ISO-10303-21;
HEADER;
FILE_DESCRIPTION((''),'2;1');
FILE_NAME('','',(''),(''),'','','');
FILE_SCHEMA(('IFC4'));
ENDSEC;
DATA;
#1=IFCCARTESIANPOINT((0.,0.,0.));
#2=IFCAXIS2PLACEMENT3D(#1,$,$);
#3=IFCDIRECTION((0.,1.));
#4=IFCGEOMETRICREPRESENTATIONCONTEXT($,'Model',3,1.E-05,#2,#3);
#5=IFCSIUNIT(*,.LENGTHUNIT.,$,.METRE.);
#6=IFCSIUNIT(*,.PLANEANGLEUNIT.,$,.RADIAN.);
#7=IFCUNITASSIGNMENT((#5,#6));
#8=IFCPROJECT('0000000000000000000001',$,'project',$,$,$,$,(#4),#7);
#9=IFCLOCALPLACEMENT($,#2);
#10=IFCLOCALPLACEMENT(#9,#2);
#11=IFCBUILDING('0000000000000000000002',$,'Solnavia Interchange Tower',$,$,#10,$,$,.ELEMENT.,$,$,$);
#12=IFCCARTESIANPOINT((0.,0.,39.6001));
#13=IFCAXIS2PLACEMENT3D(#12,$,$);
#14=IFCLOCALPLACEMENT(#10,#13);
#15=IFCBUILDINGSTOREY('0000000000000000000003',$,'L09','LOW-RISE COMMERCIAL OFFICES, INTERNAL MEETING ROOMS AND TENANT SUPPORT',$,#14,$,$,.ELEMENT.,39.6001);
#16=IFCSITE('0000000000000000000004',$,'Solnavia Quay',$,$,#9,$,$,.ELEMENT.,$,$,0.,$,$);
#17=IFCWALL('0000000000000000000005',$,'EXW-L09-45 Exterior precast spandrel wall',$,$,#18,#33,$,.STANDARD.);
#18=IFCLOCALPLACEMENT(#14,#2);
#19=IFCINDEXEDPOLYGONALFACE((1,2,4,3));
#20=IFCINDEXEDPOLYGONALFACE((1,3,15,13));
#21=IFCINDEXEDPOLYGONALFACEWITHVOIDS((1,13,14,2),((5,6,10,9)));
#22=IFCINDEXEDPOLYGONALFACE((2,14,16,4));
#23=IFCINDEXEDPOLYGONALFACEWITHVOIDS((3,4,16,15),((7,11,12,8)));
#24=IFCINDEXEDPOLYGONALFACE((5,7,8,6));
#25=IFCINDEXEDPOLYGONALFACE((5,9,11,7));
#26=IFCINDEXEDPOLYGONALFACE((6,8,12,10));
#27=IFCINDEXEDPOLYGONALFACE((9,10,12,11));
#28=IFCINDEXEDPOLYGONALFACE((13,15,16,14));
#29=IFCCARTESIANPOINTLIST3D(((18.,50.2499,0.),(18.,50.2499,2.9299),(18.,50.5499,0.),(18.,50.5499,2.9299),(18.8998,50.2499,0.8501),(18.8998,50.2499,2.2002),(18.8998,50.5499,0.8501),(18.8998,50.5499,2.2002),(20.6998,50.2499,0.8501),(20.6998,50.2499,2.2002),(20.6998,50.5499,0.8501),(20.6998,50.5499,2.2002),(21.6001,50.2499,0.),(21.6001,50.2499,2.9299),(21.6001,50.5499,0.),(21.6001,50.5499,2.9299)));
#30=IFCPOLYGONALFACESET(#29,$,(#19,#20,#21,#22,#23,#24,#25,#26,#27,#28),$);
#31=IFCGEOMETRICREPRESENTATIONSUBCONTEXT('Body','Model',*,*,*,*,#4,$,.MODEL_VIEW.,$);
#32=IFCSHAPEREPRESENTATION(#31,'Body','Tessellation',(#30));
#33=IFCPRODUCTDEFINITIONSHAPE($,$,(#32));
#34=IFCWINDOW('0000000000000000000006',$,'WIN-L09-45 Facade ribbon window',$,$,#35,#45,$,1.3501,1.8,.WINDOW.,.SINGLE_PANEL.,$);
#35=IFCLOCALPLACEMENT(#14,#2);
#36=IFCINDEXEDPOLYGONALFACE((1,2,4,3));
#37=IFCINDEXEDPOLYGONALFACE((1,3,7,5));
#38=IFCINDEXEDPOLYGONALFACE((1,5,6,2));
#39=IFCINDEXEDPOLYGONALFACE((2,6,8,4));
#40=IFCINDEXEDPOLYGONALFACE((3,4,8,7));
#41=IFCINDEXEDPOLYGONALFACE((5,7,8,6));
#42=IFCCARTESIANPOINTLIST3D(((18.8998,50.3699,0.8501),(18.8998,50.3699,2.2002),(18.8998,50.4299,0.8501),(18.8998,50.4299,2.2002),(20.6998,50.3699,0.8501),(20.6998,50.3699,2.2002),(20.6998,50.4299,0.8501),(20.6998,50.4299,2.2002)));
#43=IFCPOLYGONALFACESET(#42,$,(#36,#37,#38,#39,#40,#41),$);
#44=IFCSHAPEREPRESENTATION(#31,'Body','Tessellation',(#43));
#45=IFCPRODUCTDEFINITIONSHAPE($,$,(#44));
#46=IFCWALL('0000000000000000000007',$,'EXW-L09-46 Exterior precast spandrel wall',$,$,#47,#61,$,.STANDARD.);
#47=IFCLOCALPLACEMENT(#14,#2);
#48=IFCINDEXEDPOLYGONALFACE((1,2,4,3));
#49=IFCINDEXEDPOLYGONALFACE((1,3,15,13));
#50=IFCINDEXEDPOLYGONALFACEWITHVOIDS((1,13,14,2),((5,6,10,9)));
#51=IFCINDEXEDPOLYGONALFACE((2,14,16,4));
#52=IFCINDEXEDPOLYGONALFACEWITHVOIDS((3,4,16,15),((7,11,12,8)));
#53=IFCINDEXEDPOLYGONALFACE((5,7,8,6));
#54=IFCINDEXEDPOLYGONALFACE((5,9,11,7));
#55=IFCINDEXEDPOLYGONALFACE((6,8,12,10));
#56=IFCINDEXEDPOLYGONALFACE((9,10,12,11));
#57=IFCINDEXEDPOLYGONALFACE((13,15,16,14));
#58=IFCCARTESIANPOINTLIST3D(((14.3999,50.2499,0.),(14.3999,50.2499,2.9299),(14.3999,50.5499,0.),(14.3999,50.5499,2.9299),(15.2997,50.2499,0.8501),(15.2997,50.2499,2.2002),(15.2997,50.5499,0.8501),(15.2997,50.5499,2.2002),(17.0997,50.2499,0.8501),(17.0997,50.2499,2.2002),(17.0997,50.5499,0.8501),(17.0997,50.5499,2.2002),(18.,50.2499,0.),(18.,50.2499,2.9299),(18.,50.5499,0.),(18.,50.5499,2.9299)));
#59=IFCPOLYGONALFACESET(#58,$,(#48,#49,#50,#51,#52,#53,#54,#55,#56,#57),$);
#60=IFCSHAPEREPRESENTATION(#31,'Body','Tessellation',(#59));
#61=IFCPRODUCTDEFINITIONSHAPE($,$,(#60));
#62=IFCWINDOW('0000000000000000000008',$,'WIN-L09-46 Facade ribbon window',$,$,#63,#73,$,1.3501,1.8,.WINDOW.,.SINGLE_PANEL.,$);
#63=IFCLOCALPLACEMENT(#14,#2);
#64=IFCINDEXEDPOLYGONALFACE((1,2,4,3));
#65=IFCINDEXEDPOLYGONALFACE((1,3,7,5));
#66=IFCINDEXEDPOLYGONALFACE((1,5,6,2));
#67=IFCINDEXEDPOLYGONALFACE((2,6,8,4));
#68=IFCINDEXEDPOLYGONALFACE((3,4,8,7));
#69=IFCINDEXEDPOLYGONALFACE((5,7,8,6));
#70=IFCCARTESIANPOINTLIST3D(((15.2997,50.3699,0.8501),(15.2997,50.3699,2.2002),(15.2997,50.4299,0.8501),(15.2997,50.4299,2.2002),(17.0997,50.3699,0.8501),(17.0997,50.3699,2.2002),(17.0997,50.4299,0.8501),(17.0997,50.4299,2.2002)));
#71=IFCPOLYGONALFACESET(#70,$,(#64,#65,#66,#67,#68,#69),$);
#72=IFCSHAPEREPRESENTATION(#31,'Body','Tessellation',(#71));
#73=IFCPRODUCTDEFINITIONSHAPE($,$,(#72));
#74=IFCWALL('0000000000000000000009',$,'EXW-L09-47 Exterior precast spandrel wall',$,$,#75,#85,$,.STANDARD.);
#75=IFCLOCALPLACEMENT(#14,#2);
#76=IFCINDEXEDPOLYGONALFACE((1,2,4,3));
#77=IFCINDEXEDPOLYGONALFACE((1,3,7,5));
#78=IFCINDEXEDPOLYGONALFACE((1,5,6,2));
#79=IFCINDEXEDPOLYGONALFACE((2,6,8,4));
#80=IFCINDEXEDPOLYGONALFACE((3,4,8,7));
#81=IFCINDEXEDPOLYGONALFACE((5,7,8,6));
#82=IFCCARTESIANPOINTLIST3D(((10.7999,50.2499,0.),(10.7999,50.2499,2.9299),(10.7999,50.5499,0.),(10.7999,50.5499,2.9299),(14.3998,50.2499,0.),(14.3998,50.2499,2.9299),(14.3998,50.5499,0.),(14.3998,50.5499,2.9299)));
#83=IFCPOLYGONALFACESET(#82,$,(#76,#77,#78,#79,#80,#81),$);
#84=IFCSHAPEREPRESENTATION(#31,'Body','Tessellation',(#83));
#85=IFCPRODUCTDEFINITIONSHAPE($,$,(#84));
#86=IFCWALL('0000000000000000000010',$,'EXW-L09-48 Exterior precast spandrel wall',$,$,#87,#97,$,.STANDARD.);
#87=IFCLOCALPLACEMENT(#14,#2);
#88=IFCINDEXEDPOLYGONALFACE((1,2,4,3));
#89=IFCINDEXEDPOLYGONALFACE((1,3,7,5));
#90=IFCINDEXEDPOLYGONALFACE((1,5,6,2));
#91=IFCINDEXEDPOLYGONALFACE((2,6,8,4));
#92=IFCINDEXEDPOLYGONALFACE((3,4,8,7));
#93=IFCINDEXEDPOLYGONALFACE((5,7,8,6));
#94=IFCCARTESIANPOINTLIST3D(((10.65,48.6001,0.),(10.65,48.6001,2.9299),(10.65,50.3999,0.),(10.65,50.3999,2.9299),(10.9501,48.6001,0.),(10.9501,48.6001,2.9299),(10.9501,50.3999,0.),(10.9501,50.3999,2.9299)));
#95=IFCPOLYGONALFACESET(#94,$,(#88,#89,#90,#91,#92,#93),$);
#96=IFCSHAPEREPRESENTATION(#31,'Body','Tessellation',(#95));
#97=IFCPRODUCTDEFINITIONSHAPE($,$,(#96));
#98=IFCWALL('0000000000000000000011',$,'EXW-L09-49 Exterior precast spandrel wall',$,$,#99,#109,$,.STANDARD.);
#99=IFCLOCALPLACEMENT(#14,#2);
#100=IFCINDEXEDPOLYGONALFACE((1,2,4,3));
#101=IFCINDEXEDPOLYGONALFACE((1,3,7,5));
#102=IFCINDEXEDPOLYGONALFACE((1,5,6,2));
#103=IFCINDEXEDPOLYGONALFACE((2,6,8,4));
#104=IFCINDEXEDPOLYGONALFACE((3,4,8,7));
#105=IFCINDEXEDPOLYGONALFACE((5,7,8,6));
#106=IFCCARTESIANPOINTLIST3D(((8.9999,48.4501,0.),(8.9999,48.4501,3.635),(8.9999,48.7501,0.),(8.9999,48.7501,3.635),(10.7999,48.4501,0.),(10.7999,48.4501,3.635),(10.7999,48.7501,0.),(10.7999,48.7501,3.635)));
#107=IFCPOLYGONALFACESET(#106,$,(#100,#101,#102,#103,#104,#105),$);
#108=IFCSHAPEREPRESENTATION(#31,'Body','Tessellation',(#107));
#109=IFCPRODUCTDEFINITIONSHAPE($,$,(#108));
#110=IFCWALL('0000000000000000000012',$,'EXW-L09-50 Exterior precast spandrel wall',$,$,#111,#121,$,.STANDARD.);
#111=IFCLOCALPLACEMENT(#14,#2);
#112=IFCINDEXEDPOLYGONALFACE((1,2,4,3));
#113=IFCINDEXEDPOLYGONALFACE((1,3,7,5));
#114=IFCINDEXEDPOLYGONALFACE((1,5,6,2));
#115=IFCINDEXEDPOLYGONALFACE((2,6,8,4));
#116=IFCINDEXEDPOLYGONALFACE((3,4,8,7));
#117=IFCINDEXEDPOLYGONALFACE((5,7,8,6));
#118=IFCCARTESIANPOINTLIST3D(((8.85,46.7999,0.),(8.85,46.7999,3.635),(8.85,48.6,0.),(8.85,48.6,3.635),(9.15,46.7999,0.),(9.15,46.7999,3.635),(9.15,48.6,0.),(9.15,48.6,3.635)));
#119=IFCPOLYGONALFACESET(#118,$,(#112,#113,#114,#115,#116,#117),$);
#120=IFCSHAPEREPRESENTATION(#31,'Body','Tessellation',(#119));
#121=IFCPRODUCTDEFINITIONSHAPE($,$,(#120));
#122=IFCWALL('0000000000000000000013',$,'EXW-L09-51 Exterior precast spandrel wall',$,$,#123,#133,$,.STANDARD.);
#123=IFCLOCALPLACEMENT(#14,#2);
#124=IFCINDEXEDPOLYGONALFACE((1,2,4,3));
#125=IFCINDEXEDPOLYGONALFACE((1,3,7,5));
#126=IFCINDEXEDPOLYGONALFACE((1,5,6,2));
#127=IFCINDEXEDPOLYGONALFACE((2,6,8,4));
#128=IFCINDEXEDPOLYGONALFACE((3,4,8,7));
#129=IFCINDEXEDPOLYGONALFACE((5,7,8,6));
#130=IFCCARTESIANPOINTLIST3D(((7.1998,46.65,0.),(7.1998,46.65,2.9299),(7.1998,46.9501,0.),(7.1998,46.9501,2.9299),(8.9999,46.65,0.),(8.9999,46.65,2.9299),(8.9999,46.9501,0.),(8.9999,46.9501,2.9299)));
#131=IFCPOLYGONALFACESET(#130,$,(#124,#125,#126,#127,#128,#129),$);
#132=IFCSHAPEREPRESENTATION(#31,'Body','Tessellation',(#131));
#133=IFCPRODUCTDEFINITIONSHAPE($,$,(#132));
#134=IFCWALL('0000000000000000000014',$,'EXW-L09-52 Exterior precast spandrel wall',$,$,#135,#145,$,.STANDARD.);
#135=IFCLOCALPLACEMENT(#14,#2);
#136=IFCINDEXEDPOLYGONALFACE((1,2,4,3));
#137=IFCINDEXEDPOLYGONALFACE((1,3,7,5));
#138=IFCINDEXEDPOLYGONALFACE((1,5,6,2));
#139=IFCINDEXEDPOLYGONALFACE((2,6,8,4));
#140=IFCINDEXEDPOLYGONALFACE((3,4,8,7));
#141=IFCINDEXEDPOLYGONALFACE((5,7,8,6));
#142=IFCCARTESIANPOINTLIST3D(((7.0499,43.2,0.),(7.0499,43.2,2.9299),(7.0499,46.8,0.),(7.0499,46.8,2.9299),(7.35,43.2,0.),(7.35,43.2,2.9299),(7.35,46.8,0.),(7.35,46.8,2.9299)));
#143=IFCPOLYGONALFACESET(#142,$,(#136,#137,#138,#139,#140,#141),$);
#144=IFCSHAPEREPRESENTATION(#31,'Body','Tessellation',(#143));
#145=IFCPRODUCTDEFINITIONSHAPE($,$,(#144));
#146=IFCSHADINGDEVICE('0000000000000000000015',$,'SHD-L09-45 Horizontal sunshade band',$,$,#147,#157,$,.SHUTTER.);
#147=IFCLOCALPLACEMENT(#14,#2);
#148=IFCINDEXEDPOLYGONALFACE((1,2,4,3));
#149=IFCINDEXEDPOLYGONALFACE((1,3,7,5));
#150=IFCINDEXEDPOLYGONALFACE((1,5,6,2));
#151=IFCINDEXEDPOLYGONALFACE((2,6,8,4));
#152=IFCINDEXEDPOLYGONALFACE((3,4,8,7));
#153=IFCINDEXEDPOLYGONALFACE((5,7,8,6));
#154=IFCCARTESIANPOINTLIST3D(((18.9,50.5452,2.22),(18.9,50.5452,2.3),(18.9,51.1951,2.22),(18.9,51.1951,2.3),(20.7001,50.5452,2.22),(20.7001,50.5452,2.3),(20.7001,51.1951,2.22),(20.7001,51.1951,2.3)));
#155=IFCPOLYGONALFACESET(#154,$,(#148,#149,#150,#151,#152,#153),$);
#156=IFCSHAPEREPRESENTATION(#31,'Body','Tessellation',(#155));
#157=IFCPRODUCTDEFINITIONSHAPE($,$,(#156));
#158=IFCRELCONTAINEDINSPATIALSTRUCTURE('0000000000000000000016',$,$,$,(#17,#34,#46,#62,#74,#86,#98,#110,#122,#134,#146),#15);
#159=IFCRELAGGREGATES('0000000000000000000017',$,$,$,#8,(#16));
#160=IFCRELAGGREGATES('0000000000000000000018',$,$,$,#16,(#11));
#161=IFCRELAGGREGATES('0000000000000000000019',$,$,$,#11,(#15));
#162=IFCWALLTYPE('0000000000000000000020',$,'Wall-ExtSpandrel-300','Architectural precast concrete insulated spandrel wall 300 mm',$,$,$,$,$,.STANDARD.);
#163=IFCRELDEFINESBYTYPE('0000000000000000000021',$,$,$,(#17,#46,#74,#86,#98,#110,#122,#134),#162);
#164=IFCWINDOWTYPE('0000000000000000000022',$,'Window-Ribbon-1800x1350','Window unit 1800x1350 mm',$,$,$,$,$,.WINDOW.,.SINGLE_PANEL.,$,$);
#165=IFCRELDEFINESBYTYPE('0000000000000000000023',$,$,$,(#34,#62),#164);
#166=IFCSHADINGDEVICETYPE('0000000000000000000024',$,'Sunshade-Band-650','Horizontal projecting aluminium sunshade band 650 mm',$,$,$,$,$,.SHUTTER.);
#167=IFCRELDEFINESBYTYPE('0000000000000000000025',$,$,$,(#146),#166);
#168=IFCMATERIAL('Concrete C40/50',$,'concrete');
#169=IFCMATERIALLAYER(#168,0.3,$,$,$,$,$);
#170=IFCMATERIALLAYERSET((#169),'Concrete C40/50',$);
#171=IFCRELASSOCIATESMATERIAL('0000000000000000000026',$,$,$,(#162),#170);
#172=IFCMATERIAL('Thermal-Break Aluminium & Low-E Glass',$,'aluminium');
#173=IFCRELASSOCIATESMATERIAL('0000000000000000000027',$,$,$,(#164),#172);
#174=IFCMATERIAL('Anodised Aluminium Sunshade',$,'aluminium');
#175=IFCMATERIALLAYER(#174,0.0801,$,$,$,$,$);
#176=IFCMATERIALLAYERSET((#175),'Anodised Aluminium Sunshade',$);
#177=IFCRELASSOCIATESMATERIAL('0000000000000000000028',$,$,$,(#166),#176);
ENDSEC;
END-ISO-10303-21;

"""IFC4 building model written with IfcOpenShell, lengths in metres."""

from ifc_helpers import new_model, si_unit, direction, frame, frame_2d, origin, origin_2d, place, context, subcontext, project, spatial, rectangle, extrude, material, layer, layer_set, type_object, element, fill, save


model = new_model("IFC4")

# Units and contexts
model_context = context("Model", 3, precision=1e-05, world=origin(), true_north=direction((0.0, 1.0)))
body_context = subcontext(model_context, "Body", "Model", "MODEL_VIEW")
ifc_project = project(units=[si_unit("LENGTHUNIT", "METRE"), si_unit("PLANEANGLEUNIT", "RADIAN")], contexts=[model_context])

# Site, building, storey
site_placement = place(None, origin())
site = spatial("IfcSite", under=ifc_project, at=site_placement, Name="Solnavia Quay", CompositionType="ELEMENT", RefElevation=0.0)
building_placement = place(site_placement, origin())
building = spatial("IfcBuilding", under=site, at=building_placement, Name="Solnavia Interchange Tower", CompositionType="ELEMENT")
storey_placement = place(building_placement, frame((0.0, 0.0, 39.6001)))
storey = spatial("IfcBuildingStorey", under=building, at=storey_placement, Name="L09", Description="LOW-RISE COMMERCIAL OFFICES, INTERNAL MEETING ROOMS AND TENANT SUPPORT", CompositionType="ELEMENT", Elevation=39.6001)

# Walls, openings, windows
ifc_material_1 = material(Name="Concrete C40/50", Category="concrete")
ifc_layer_1 = layer(ifc_material_1, 0.3)
ifc_layer_set_1 = layer_set([ifc_layer_1], Name="Concrete C40/50")
wall_type_1 = type_object("IfcWallType", Name="Wall-ExtSpandrel-300", Description="Architectural precast concrete insulated spandrel wall 300 mm", PredefinedType="STANDARD", material=ifc_layer_set_1)
ifc_material_2 = material(Name="Thermal-Break Aluminium & Low-E Glass", Category="aluminium")
window_type = type_object("IfcWindowType", Name="Window-Ribbon-1800x1350", Description="Window unit 1800x1350 mm", PartitioningType="SINGLE_PANEL", PredefinedType="WINDOW", material=ifc_material_2)
wall_1_placement = place(storey_placement, frame((18.0, 50.3999, 0.0), z_axis=(0.0, 0.0, 1.0), x_axis=(1.0, 0.0, 0.0)))
wall_1 = element("IfcWall", 1, at=wall_1_placement, inside=storey, type_object=wall_type_1, Name="EXW-L09-45 Exterior precast spandrel wall", PredefinedType="STANDARD", context=body_context, shape_type="SweptSolid", body=[
    extrude(rectangle(XDim=3.6001, YDim=0.3, at=frame_2d((1.8, 0.0))), origin(), (0.0, 0.0, 1.0), 2.9299),
])
opening_1_placement = place(wall_1_placement, frame((0.8999, 0.0, 0.8501)))
opening_1 = element("IfcOpeningElement", 2, at=opening_1_placement, cuts=wall_1, PredefinedType="OPENING", context=body_context, shape_type="SweptSolid", body=[
    extrude(rectangle(XDim=1.8, YDim=1.3501, at=frame_2d((0.8999, 0.675))), frame((0.0, 0.1602, 0.0), z_axis=(0.0, -1.0, 0.0), x_axis=(1.0, 0.0, 0.0)), (0.0, 0.0, 1.0), 0.3201),
])
window_1_placement = place(opening_1_placement, origin())
window_1 = element("IfcWindow", 3, at=window_1_placement, inside=storey, type_object=window_type, Name="WIN-L09-45 Facade ribbon window", OverallHeight=1.3501, OverallWidth=1.8, PartitioningType="SINGLE_PANEL", PredefinedType="WINDOW", context=body_context, shape_type="SweptSolid", body=[
    extrude(rectangle(XDim=1.8, YDim=1.3501, at=frame_2d((0.8999, 0.675))), frame((0.0, 0.03, 0.0), z_axis=(0.0, -1.0, 0.0), x_axis=(1.0, 0.0, 0.0)), (0.0, 0.0, 1.0), 0.0601),
])
fill(opening_1, window_1)
wall_2_placement = place(storey_placement, frame((14.3999, 50.3999, 0.0), z_axis=(0.0, 0.0, 1.0), x_axis=(1.0, 0.0, 0.0)))
wall_2 = element("IfcWall", 4, at=wall_2_placement, inside=storey, type_object=wall_type_1, Name="EXW-L09-46 Exterior precast spandrel wall", PredefinedType="STANDARD", context=body_context, shape_type="SweptSolid", body=[
    extrude(rectangle(XDim=3.6001, YDim=0.3, at=frame_2d((1.8, 0.0))), origin(), (0.0, 0.0, 1.0), 2.9299),
])
opening_2_placement = place(wall_2_placement, frame((0.8999, 0.0, 0.8501)))
opening_2 = element("IfcOpeningElement", 5, at=opening_2_placement, cuts=wall_2, PredefinedType="OPENING", context=body_context, shape_type="SweptSolid", body=[
    extrude(rectangle(XDim=1.8, YDim=1.3501, at=frame_2d((0.8999, 0.675))), frame((0.0, 0.1602, 0.0), z_axis=(0.0, -1.0, 0.0), x_axis=(1.0, 0.0, 0.0)), (0.0, 0.0, 1.0), 0.3201),
])
window_2_placement = place(opening_2_placement, origin())
window_2 = element("IfcWindow", 6, at=window_2_placement, inside=storey, type_object=window_type, Name="WIN-L09-46 Facade ribbon window", OverallHeight=1.3501, OverallWidth=1.8, PartitioningType="SINGLE_PANEL", PredefinedType="WINDOW", context=body_context, shape_type="SweptSolid", body=[
    extrude(rectangle(XDim=1.8, YDim=1.3501, at=frame_2d((0.8999, 0.675))), frame((0.0, 0.03, 0.0), z_axis=(0.0, -1.0, 0.0), x_axis=(1.0, 0.0, 0.0)), (0.0, 0.0, 1.0), 0.0601),
])
fill(opening_2, window_2)

# Walls
wall_3_placement = place(storey_placement, frame((10.8, 50.3999, 0.0), z_axis=(0.0, 0.0, 1.0), x_axis=(1.0, 0.0, 0.0)))
element("IfcWall", 7, at=wall_3_placement, inside=storey, type_object=wall_type_1, Name="EXW-L09-47 Exterior precast spandrel wall", PredefinedType="STANDARD", context=body_context, shape_type="SweptSolid", body=[
    extrude(rectangle(XDim=3.5999, YDim=0.3, at=frame_2d((1.7998, 0.0))), origin(), (0.0, 0.0, 1.0), 2.9299),
])
wall_4_placement = place(storey_placement, frame((10.8, 48.6001, 0.0), z_axis=(0.0, 0.0, 1.0), x_axis=(0.0, 1.0, 0.0)))
element("IfcWall", 8, at=wall_4_placement, inside=storey, type_object=wall_type_1, Name="EXW-L09-48 Exterior precast spandrel wall", PredefinedType="STANDARD", context=body_context, shape_type="SweptSolid", body=[
    extrude(rectangle(XDim=1.7998, YDim=0.3, at=frame_2d((0.8999, 0.0))), origin(), (0.0, 0.0, 1.0), 2.9299),
])
for number, where, z_axis, x_axis, name in (
    (9, (9.0, 48.6001, 0.0), (0.0, 0.0, 1.0), (1.0, 0.0, 0.0), "EXW-L09-49 Exterior precast spandrel wall"),
    (10, (9.0, 46.8, 0.0), (0.0, 0.0, 1.0), (0.0, 1.0, 0.0), "EXW-L09-50 Exterior precast spandrel wall"),
):
    element("IfcWall", number, at=place(storey_placement, frame(where, z_axis=z_axis, x_axis=x_axis)), inside=storey, type_object=wall_type_1, Name=name, PredefinedType="STANDARD", context=body_context, shape_type="SweptSolid", body=[
        extrude(rectangle(XDim=1.8, YDim=0.3, at=frame_2d((0.8999, 0.0))), origin(), (0.0, 0.0, 1.0), 3.635),
    ])
wall_5_placement = place(storey_placement, frame((7.2, 46.8, 0.0), z_axis=(0.0, 0.0, 1.0), x_axis=(1.0, 0.0, 0.0)))
element("IfcWall", 11, at=wall_5_placement, inside=storey, type_object=wall_type_1, Name="EXW-L09-51 Exterior precast spandrel wall", PredefinedType="STANDARD", context=body_context, shape_type="SweptSolid", body=[
    extrude(rectangle(XDim=1.8, YDim=0.3, at=frame_2d((0.8999, 0.0))), origin(), (0.0, 0.0, 1.0), 2.9299),
])
wall_6_placement = place(storey_placement, frame((7.2, 43.2, 0.0), z_axis=(0.0, 0.0, 1.0), x_axis=(0.0, 1.0, 0.0)))
element("IfcWall", 12, at=wall_6_placement, inside=storey, type_object=wall_type_1, Name="EXW-L09-52 Exterior precast spandrel wall", PredefinedType="STANDARD", context=body_context, shape_type="SweptSolid", body=[
    extrude(rectangle(XDim=3.6001, YDim=0.3, at=frame_2d((1.8, 0.0))), origin(), (0.0, 0.0, 1.0), 2.9299),
])

# Shading device
ifc_material_3 = material(Name="Anodised Aluminium Sunshade", Category="aluminium")
ifc_layer_2 = layer(ifc_material_3, 0.0801)
ifc_layer_set_2 = layer_set([ifc_layer_2], Name="Anodised Aluminium Sunshade")
shading_device_type = type_object("IfcShadingDeviceType", Name="Sunshade-Band-650", Description="Horizontal projecting aluminium sunshade band 650 mm", PredefinedType="SHUTTER", material=ifc_layer_set_2)
shading_device_placement = place(storey_placement, frame((19.8, 50.8701, 2.22), z_axis=(0.0, 0.0, 1.0), x_axis=(1.0, 0.0, 0.0)))
element("IfcShadingDevice", 13, at=shading_device_placement, inside=storey, type_object=shading_device_type, Name="SHD-L09-45 Horizontal sunshade band", PredefinedType="SHUTTER", context=body_context, shape_type="SweptSolid", body=[
    extrude(rectangle(XDim=1.8, YDim=0.6499, at=origin_2d()), origin(), (0.0, 0.0, 1.0), 0.0801),
])

save(model, "model.ifc")
